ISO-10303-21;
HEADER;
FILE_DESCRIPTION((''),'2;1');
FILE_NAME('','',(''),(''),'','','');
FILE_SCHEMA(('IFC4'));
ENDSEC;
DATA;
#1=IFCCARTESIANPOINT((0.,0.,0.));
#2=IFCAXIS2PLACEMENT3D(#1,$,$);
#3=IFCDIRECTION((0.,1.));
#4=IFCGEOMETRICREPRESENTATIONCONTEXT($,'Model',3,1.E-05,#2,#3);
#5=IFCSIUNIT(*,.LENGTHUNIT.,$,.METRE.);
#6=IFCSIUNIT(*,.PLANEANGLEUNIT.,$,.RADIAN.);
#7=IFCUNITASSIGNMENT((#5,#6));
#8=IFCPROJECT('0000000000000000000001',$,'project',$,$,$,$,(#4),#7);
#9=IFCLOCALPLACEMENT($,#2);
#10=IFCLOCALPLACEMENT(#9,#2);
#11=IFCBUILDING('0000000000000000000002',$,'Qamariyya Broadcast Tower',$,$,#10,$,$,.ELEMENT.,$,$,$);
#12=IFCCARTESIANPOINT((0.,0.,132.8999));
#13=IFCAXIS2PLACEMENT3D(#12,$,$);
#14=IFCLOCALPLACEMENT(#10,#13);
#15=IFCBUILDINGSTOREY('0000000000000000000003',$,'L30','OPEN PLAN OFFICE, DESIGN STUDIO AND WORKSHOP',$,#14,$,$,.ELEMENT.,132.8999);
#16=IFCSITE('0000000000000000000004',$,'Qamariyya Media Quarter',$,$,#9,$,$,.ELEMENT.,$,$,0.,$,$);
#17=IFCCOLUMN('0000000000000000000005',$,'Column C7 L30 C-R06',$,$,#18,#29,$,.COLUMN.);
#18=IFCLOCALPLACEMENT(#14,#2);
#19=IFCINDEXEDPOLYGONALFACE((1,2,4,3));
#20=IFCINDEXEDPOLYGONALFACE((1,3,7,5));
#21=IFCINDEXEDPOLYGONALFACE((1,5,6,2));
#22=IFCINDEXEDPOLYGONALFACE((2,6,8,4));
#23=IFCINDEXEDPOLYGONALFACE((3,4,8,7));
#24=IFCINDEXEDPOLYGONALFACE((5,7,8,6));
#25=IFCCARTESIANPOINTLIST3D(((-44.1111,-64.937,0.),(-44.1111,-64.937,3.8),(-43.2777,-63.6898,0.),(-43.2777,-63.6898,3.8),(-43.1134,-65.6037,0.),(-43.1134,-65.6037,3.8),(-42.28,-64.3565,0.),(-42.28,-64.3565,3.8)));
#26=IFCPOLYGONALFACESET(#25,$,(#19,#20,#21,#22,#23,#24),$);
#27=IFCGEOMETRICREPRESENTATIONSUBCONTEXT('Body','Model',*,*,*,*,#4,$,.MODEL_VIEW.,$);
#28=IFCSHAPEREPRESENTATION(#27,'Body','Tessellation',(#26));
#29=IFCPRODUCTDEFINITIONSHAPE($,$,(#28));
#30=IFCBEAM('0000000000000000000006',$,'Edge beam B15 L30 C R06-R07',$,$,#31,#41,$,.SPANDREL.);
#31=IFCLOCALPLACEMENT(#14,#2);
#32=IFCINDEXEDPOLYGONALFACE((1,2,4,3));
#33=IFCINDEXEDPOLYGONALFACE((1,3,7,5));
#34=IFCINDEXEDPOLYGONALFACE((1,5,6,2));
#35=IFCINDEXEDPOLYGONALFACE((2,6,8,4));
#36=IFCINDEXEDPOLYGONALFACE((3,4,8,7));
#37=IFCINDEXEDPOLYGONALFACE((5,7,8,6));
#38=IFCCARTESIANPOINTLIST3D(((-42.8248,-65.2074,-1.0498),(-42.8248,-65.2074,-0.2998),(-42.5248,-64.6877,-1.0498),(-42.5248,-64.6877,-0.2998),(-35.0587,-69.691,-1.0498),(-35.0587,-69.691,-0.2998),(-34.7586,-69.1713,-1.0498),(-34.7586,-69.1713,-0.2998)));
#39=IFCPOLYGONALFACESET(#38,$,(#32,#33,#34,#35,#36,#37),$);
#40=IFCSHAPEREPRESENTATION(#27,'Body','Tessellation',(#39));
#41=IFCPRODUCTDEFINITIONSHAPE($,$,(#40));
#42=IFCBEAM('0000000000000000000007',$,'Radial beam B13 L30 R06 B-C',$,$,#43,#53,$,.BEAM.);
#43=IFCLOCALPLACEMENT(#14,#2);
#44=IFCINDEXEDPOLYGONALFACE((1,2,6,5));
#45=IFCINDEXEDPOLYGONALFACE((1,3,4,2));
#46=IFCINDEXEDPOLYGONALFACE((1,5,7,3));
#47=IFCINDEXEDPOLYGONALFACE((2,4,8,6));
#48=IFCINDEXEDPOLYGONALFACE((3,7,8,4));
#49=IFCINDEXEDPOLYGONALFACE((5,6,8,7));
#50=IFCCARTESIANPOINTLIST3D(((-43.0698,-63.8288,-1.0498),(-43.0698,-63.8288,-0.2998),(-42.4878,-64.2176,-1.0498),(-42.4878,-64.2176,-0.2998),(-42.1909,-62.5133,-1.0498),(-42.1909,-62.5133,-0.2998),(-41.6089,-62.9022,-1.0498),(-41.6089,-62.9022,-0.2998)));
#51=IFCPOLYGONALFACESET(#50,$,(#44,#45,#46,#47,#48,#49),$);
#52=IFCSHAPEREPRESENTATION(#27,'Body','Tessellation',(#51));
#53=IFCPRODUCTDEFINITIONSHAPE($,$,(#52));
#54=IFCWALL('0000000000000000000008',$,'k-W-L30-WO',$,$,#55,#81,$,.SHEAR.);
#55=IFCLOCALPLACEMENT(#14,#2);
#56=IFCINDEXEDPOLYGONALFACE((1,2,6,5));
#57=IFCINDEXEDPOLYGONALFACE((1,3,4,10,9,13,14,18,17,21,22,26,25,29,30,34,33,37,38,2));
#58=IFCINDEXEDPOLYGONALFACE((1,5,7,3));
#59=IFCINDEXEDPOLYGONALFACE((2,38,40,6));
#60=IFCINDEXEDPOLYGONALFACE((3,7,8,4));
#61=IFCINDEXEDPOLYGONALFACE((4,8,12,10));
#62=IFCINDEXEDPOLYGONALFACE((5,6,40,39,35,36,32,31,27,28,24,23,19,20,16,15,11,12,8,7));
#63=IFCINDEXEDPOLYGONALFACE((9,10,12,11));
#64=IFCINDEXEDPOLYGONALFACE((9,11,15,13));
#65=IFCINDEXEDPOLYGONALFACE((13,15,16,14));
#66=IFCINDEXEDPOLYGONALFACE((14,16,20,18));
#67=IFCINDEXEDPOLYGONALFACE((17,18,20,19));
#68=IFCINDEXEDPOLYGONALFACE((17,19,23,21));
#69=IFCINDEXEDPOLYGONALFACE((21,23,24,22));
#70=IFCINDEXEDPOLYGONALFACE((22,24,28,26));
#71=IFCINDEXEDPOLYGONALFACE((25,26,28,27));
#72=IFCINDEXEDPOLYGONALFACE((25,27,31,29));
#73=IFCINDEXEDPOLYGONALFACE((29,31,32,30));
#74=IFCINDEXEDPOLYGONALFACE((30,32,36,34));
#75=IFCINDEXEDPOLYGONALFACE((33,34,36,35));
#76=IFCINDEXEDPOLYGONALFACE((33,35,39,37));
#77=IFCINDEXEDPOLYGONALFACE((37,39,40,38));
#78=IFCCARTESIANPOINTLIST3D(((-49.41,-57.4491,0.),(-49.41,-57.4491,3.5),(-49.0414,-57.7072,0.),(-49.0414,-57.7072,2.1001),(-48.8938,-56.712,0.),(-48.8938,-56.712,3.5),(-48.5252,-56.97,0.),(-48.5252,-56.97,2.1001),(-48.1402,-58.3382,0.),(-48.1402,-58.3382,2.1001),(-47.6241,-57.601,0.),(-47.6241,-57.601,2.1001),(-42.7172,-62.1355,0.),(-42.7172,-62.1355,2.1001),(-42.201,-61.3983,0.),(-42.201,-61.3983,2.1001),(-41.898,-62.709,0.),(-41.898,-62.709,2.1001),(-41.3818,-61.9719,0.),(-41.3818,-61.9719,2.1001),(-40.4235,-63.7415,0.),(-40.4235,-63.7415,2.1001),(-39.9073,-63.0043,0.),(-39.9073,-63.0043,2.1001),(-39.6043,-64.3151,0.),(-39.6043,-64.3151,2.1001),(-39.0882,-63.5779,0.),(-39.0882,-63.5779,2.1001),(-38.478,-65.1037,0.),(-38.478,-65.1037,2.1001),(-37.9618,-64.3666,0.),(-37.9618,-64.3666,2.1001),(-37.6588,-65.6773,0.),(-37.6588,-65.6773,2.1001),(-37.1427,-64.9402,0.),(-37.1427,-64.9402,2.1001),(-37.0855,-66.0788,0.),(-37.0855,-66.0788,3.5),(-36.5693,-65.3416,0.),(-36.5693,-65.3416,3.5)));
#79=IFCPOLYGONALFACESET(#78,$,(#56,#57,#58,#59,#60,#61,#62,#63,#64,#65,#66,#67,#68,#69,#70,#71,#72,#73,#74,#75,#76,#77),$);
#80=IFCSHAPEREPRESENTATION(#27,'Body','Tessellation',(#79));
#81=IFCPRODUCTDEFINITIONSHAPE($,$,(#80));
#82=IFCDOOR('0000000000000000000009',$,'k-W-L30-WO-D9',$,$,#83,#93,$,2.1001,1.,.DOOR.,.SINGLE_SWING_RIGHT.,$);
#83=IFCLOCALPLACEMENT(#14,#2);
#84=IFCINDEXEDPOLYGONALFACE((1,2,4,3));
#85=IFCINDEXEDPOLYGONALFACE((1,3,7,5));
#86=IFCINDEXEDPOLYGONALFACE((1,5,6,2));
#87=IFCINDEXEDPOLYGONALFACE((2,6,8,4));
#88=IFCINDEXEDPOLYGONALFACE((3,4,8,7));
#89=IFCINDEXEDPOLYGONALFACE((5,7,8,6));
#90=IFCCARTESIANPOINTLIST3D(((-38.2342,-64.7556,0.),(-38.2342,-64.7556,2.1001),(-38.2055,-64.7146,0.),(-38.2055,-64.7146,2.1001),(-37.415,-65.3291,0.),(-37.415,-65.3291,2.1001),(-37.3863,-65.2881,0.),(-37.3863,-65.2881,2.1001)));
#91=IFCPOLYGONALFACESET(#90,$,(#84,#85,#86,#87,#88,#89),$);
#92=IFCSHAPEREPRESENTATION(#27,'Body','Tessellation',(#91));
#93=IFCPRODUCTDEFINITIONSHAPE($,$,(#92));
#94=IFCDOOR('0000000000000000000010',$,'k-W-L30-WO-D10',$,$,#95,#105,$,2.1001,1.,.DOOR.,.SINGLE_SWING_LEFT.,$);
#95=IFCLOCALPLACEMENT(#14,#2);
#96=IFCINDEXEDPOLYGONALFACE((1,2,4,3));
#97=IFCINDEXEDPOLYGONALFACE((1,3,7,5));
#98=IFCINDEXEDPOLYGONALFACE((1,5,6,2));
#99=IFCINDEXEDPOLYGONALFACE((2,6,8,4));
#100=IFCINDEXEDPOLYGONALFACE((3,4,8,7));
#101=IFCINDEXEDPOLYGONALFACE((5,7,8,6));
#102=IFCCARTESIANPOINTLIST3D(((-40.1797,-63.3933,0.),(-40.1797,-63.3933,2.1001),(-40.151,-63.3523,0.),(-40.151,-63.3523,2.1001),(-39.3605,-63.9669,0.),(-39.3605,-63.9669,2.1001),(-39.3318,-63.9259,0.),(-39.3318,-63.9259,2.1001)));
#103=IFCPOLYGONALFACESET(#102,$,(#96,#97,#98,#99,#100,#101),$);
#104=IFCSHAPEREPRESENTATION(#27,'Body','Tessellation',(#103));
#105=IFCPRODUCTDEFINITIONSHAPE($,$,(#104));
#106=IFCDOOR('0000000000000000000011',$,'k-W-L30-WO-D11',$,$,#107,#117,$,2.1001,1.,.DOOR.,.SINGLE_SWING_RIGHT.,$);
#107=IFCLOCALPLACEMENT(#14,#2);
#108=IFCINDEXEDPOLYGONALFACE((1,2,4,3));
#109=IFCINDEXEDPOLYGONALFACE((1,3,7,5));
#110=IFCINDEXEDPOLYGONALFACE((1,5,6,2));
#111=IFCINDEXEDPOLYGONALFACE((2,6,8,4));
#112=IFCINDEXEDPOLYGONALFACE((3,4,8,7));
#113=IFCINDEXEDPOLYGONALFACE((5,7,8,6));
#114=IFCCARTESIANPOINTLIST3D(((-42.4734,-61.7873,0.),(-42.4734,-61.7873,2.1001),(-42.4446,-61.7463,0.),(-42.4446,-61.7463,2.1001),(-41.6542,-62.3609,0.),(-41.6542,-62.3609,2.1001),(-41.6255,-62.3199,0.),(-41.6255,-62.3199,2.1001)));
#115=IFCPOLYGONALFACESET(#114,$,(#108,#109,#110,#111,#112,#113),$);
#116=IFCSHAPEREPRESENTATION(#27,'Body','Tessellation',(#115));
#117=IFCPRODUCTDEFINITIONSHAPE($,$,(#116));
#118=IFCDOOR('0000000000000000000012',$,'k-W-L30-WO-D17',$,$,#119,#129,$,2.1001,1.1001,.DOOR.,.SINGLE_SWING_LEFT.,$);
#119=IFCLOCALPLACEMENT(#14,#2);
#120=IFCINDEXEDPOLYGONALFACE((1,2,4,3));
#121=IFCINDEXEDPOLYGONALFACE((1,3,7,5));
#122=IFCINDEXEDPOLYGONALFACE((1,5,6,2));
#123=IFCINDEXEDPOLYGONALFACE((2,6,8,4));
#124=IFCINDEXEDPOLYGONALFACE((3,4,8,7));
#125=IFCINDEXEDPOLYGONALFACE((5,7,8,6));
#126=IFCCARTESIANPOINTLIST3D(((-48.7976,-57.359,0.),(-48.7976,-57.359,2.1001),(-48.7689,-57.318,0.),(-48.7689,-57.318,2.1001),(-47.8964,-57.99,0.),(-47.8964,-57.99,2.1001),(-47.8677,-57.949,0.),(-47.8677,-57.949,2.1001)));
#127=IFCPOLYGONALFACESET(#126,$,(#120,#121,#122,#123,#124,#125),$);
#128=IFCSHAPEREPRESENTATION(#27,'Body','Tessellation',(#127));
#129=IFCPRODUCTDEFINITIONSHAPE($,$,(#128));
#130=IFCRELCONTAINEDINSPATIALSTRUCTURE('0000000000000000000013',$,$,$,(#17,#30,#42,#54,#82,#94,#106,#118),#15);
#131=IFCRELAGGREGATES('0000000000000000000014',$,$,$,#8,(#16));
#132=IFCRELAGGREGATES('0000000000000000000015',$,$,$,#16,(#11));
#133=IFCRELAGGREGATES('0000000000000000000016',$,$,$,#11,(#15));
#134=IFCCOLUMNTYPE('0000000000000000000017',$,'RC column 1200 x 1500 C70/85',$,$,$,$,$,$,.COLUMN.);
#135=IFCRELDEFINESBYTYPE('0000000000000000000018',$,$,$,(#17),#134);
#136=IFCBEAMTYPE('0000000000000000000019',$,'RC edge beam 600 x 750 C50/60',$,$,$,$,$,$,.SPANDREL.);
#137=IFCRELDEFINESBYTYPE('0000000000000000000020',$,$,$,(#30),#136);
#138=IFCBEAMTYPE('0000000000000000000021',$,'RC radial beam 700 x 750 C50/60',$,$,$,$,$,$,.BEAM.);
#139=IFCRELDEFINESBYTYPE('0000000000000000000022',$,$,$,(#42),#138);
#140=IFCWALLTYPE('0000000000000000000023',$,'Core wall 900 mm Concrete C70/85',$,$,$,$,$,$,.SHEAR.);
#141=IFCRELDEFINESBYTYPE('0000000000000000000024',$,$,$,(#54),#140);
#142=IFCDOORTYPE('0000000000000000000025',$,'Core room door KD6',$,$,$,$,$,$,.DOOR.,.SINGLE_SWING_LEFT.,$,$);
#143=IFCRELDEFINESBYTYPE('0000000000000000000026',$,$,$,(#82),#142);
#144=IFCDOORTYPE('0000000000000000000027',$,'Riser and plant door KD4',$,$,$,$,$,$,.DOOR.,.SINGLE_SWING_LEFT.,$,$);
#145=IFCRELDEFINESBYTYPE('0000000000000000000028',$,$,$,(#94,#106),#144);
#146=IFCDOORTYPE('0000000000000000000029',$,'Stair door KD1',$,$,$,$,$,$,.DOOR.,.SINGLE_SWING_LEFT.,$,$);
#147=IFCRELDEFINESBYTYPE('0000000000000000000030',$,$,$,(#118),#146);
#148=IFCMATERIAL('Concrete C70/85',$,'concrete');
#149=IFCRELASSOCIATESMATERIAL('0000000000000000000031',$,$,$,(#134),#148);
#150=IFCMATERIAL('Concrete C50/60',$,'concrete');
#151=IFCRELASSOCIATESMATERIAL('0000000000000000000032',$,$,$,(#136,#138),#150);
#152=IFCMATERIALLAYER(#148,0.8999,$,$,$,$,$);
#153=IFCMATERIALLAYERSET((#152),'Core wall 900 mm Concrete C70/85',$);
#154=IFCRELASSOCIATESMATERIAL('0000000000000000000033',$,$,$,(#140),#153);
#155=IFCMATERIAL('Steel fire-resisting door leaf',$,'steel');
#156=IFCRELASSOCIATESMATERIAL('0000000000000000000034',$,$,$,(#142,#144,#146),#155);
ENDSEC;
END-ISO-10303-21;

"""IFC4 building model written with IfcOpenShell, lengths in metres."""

from ifc_helpers import new_model, si_unit, direction, frame, frame_2d, origin, origin_2d, place, context, subcontext, project, spatial, rectangle, extrude, material, layer, layer_set, material_profile, profile_set, type_object, element, fill, save


model = new_model("IFC4")

# Units and contexts
model_context = context("Model", 3, precision=1e-05, world=origin(), true_north=direction((0.0, 1.0)))
body_context = subcontext(model_context, "Body", "Model", "MODEL_VIEW")
ifc_project = project(units=[si_unit("LENGTHUNIT", "METRE"), si_unit("PLANEANGLEUNIT", "RADIAN")], contexts=[model_context])

# Site, building, storey
site_placement = place(None, origin())
site = spatial("IfcSite", under=ifc_project, at=site_placement, Name="Qamariyya Media Quarter", CompositionType="ELEMENT", RefElevation=0.0)
building_placement = place(site_placement, origin())
building = spatial("IfcBuilding", under=site, at=building_placement, Name="Qamariyya Broadcast Tower", CompositionType="ELEMENT")
storey_placement = place(building_placement, frame((0.0, 0.0, 132.8999)))
storey = spatial("IfcBuildingStorey", under=building, at=storey_placement, Name="L30", Description="OPEN PLAN OFFICE, DESIGN STUDIO AND WORKSHOP", CompositionType="ELEMENT", Elevation=132.8999)

# Column
ifc_material_1 = material(Name="Concrete C70/85", Category="concrete")
ifc_material_profile_1 = material_profile(ifc_material_1, rectangle(XDim=1.2, YDim=1.5, at=origin_2d()))
ifc_profile_set_1 = profile_set([ifc_material_profile_1], Name="Concrete C70/85")
column_type = type_object("IfcColumnType", Name="RC column 1200 x 1500 C70/85", PredefinedType="COLUMN", material=ifc_profile_set_1)
column_placement = place(storey_placement, frame((-43.1956, -64.6467, 0.0), z_axis=(0.0, 0.0, 1.0), x_axis=(0.83147, -0.55557, 0.0)))
element("IfcColumn", 1, at=column_placement, inside=storey, type_object=column_type, Name="Column C7 L30 C-R06", PredefinedType="COLUMN", context=body_context, shape_type="SweptSolid", body=[
    extrude(rectangle(XDim=1.2, YDim=1.5, at=origin_2d()), origin(), (0.0, 0.0, 1.0), 3.8),
])

# Beams
ifc_material_2 = material(Name="Concrete C50/60", Category="concrete")
ifc_material_profile_2 = material_profile(ifc_material_2, rectangle(XDim=0.6001, YDim=0.75, at=origin_2d()))
ifc_profile_set_2 = profile_set([ifc_material_profile_2], Name="Concrete C50/60")
beam_type_1 = type_object("IfcBeamType", Name="RC edge beam 600 x 750 C50/60", PredefinedType="SPANDREL", material=ifc_profile_set_2)
beam_1_placement = place(storey_placement, frame((-42.6748, -64.9475, -0.6748), z_axis=(0.866031, -0.49999, 0.0), x_axis=(0.49999, 0.866031, 0.0)))
element("IfcBeam", 2, at=beam_1_placement, inside=storey, type_object=beam_type_1, Name="Edge beam B15 L30 C R06-R07", PredefinedType="SPANDREL", context=body_context, shape_type="SweptSolid", body=[
    extrude(rectangle(XDim=0.6001, YDim=0.75, at=origin_2d()), origin(), (0.0, 0.0, 1.0), 8.9675),
])
ifc_material_profile_3 = material_profile(ifc_material_2, rectangle(XDim=0.7, YDim=0.75, at=origin_2d()))
ifc_profile_set_3 = profile_set([ifc_material_profile_3], Name="Concrete C50/60")
beam_type_2 = type_object("IfcBeamType", Name="RC radial beam 700 x 750 C50/60", PredefinedType="BEAM", material=ifc_profile_set_3)
beam_2_placement = place(storey_placement, frame((-41.8999, -62.7078, -0.6748), z_axis=(-0.555555, -0.83148, 0.0), x_axis=(0.83148, -0.555555, 0.0)))
element("IfcBeam", 3, at=beam_2_placement, inside=storey, type_object=beam_type_2, Name="Radial beam B13 L30 R06 B-C", PredefinedType="BEAM", context=body_context, shape_type="SweptSolid", body=[
    extrude(rectangle(XDim=0.7, YDim=0.75, at=origin_2d()), origin(), (0.0, 0.0, 1.0), 1.582),
])

# Wall, openings, doors
ifc_layer_1 = layer(ifc_material_1, 0.8999)
ifc_layer_set_1 = layer_set([ifc_layer_1], Name="Core wall 900 mm Concrete C70/85")
wall_type_1 = type_object("IfcWallType", Name="Core wall 900 mm Concrete C70/85", PredefinedType="SHEAR", material=ifc_layer_set_1)
wall_1_placement = place(storey_placement, frame((-36.8274, -65.7102, 0.0), z_axis=(0.0, 0.0, 1.0), x_axis=(-0.819153, 0.573575, 0.0)))
wall_1 = element("IfcWall", 4, at=wall_1_placement, inside=storey, type_object=wall_type_1, Name="k-W-L30-WO", PredefinedType="SHEAR", context=body_context, shape_type="SweptSolid", body=[
    extrude(rectangle(XDim=15.0454, YDim=0.8999, at=frame_2d((7.5227, 0.0))), origin(), (0.0, 0.0, 1.0), 3.5),
])
opening_1_placement = place(wall_1_placement, frame((0.7, 0.0, 0.0)))
opening_1 = element("IfcOpeningElement", 5, at=opening_1_placement, cuts=wall_1, PredefinedType="OPENING", context=body_context, shape_type="SweptSolid", body=[
    extrude(rectangle(XDim=1.0, YDim=2.1001, at=frame_2d((0.5, 1.05))), frame((0.0, 0.46, 0.0), z_axis=(0.0, -1.0, 0.0), x_axis=(1.0, 0.0, 0.0)), (0.0, 0.0, 1.0), 0.9199),
])
opening_2_placement = place(wall_1_placement, frame((3.075, 0.0, 0.0)))
opening_2 = element("IfcOpeningElement", 6, at=opening_2_placement, cuts=wall_1, PredefinedType="OPENING", context=body_context, shape_type="SweptSolid", body=[
    extrude(rectangle(XDim=1.0, YDim=2.1001, at=frame_2d((0.5, 1.05))), frame((0.0, 0.46, 0.0), z_axis=(0.0, -1.0, 0.0), x_axis=(1.0, 0.0, 0.0)), (0.0, 0.0, 1.0), 0.9199),
])
opening_3_placement = place(wall_1_placement, frame((5.875, 0.0, 0.0)))
opening_3 = element("IfcOpeningElement", 7, at=opening_3_placement, cuts=wall_1, PredefinedType="OPENING", context=body_context, shape_type="SweptSolid", body=[
    extrude(rectangle(XDim=1.0, YDim=2.1001, at=frame_2d((0.5, 1.05))), frame((0.0, 0.46, 0.0), z_axis=(0.0, -1.0, 0.0), x_axis=(1.0, 0.0, 0.0)), (0.0, 0.0, 1.0), 0.9199),
])
opening_4_placement = place(wall_1_placement, frame((13.4954, 0.0, 0.0)))
opening_4 = element("IfcOpeningElement", 8, at=opening_4_placement, cuts=wall_1, PredefinedType="OPENING", context=body_context, shape_type="SweptSolid", body=[
    extrude(rectangle(XDim=1.1001, YDim=2.1001, at=frame_2d((0.55, 1.05))), frame((0.0, 0.46, 0.0), z_axis=(0.0, -1.0, 0.0), x_axis=(1.0, 0.0, 0.0)), (0.0, 0.0, 1.0), 0.9199),
])
ifc_material_3 = material(Name="Steel fire-resisting door leaf", Category="steel")
door_type_1 = type_object("IfcDoorType", Name="Core room door KD6", OperationType="SINGLE_SWING_LEFT", PredefinedType="DOOR", material=ifc_material_3)
door_1_placement = place(opening_1_placement, origin())
door_1 = element("IfcDoor", 9, at=door_1_placement, inside=storey, type_object=door_type_1, Name="k-W-L30-WO-D9", OperationType="SINGLE_SWING_RIGHT", OverallHeight=2.1001, OverallWidth=1.0, PredefinedType="DOOR", context=body_context, shape_type="SweptSolid", body=[
    extrude(rectangle(XDim=1.0, YDim=2.1001, at=frame_2d((0.5, 1.05))), frame((0.0, 0.0249, 0.0), z_axis=(0.0, -1.0, 0.0), x_axis=(1.0, 0.0, 0.0)), (0.0, 0.0, 1.0), 0.05),
])
fill(opening_1, door_1)
door_type_2 = type_object("IfcDoorType", Name="Riser and plant door KD4", OperationType="SINGLE_SWING_LEFT", PredefinedType="DOOR", material=ifc_material_3)
door_2_placement = place(opening_2_placement, origin())
door_2 = element("IfcDoor", 10, at=door_2_placement, inside=storey, type_object=door_type_2, Name="k-W-L30-WO-D10", OperationType="SINGLE_SWING_LEFT", OverallHeight=2.1001, OverallWidth=1.0, PredefinedType="DOOR", context=body_context, shape_type="SweptSolid", body=[
    extrude(rectangle(XDim=1.0, YDim=2.1001, at=frame_2d((0.5, 1.05))), frame((0.0, 0.0249, 0.0), z_axis=(0.0, -1.0, 0.0), x_axis=(1.0, 0.0, 0.0)), (0.0, 0.0, 1.0), 0.05),
])
fill(opening_2, door_2)
door_3_placement = place(opening_3_placement, origin())
door_3 = element("IfcDoor", 11, at=door_3_placement, inside=storey, type_object=door_type_2, Name="k-W-L30-WO-D11", OperationType="SINGLE_SWING_RIGHT", OverallHeight=2.1001, OverallWidth=1.0, PredefinedType="DOOR", context=body_context, shape_type="SweptSolid", body=[
    extrude(rectangle(XDim=1.0, YDim=2.1001, at=frame_2d((0.5, 1.05))), frame((0.0, 0.0249, 0.0), z_axis=(0.0, -1.0, 0.0), x_axis=(1.0, 0.0, 0.0)), (0.0, 0.0, 1.0), 0.05),
])
fill(opening_3, door_3)
door_type_3 = type_object("IfcDoorType", Name="Stair door KD1", OperationType="SINGLE_SWING_LEFT", PredefinedType="DOOR", material=ifc_material_3)
door_4_placement = place(opening_4_placement, origin())
door_4 = element("IfcDoor", 12, at=door_4_placement, inside=storey, type_object=door_type_3, Name="k-W-L30-WO-D17", OperationType="SINGLE_SWING_LEFT", OverallHeight=2.1001, OverallWidth=1.1001, PredefinedType="DOOR", context=body_context, shape_type="SweptSolid", body=[
    extrude(rectangle(XDim=1.1001, YDim=2.1001, at=frame_2d((0.55, 1.05))), frame((0.0, 0.0249, 0.0), z_axis=(0.0, -1.0, 0.0), x_axis=(1.0, 0.0, 0.0)), (0.0, 0.0, 1.0), 0.05),
])
fill(opening_4, door_4)

save(model, "model.ifc")
